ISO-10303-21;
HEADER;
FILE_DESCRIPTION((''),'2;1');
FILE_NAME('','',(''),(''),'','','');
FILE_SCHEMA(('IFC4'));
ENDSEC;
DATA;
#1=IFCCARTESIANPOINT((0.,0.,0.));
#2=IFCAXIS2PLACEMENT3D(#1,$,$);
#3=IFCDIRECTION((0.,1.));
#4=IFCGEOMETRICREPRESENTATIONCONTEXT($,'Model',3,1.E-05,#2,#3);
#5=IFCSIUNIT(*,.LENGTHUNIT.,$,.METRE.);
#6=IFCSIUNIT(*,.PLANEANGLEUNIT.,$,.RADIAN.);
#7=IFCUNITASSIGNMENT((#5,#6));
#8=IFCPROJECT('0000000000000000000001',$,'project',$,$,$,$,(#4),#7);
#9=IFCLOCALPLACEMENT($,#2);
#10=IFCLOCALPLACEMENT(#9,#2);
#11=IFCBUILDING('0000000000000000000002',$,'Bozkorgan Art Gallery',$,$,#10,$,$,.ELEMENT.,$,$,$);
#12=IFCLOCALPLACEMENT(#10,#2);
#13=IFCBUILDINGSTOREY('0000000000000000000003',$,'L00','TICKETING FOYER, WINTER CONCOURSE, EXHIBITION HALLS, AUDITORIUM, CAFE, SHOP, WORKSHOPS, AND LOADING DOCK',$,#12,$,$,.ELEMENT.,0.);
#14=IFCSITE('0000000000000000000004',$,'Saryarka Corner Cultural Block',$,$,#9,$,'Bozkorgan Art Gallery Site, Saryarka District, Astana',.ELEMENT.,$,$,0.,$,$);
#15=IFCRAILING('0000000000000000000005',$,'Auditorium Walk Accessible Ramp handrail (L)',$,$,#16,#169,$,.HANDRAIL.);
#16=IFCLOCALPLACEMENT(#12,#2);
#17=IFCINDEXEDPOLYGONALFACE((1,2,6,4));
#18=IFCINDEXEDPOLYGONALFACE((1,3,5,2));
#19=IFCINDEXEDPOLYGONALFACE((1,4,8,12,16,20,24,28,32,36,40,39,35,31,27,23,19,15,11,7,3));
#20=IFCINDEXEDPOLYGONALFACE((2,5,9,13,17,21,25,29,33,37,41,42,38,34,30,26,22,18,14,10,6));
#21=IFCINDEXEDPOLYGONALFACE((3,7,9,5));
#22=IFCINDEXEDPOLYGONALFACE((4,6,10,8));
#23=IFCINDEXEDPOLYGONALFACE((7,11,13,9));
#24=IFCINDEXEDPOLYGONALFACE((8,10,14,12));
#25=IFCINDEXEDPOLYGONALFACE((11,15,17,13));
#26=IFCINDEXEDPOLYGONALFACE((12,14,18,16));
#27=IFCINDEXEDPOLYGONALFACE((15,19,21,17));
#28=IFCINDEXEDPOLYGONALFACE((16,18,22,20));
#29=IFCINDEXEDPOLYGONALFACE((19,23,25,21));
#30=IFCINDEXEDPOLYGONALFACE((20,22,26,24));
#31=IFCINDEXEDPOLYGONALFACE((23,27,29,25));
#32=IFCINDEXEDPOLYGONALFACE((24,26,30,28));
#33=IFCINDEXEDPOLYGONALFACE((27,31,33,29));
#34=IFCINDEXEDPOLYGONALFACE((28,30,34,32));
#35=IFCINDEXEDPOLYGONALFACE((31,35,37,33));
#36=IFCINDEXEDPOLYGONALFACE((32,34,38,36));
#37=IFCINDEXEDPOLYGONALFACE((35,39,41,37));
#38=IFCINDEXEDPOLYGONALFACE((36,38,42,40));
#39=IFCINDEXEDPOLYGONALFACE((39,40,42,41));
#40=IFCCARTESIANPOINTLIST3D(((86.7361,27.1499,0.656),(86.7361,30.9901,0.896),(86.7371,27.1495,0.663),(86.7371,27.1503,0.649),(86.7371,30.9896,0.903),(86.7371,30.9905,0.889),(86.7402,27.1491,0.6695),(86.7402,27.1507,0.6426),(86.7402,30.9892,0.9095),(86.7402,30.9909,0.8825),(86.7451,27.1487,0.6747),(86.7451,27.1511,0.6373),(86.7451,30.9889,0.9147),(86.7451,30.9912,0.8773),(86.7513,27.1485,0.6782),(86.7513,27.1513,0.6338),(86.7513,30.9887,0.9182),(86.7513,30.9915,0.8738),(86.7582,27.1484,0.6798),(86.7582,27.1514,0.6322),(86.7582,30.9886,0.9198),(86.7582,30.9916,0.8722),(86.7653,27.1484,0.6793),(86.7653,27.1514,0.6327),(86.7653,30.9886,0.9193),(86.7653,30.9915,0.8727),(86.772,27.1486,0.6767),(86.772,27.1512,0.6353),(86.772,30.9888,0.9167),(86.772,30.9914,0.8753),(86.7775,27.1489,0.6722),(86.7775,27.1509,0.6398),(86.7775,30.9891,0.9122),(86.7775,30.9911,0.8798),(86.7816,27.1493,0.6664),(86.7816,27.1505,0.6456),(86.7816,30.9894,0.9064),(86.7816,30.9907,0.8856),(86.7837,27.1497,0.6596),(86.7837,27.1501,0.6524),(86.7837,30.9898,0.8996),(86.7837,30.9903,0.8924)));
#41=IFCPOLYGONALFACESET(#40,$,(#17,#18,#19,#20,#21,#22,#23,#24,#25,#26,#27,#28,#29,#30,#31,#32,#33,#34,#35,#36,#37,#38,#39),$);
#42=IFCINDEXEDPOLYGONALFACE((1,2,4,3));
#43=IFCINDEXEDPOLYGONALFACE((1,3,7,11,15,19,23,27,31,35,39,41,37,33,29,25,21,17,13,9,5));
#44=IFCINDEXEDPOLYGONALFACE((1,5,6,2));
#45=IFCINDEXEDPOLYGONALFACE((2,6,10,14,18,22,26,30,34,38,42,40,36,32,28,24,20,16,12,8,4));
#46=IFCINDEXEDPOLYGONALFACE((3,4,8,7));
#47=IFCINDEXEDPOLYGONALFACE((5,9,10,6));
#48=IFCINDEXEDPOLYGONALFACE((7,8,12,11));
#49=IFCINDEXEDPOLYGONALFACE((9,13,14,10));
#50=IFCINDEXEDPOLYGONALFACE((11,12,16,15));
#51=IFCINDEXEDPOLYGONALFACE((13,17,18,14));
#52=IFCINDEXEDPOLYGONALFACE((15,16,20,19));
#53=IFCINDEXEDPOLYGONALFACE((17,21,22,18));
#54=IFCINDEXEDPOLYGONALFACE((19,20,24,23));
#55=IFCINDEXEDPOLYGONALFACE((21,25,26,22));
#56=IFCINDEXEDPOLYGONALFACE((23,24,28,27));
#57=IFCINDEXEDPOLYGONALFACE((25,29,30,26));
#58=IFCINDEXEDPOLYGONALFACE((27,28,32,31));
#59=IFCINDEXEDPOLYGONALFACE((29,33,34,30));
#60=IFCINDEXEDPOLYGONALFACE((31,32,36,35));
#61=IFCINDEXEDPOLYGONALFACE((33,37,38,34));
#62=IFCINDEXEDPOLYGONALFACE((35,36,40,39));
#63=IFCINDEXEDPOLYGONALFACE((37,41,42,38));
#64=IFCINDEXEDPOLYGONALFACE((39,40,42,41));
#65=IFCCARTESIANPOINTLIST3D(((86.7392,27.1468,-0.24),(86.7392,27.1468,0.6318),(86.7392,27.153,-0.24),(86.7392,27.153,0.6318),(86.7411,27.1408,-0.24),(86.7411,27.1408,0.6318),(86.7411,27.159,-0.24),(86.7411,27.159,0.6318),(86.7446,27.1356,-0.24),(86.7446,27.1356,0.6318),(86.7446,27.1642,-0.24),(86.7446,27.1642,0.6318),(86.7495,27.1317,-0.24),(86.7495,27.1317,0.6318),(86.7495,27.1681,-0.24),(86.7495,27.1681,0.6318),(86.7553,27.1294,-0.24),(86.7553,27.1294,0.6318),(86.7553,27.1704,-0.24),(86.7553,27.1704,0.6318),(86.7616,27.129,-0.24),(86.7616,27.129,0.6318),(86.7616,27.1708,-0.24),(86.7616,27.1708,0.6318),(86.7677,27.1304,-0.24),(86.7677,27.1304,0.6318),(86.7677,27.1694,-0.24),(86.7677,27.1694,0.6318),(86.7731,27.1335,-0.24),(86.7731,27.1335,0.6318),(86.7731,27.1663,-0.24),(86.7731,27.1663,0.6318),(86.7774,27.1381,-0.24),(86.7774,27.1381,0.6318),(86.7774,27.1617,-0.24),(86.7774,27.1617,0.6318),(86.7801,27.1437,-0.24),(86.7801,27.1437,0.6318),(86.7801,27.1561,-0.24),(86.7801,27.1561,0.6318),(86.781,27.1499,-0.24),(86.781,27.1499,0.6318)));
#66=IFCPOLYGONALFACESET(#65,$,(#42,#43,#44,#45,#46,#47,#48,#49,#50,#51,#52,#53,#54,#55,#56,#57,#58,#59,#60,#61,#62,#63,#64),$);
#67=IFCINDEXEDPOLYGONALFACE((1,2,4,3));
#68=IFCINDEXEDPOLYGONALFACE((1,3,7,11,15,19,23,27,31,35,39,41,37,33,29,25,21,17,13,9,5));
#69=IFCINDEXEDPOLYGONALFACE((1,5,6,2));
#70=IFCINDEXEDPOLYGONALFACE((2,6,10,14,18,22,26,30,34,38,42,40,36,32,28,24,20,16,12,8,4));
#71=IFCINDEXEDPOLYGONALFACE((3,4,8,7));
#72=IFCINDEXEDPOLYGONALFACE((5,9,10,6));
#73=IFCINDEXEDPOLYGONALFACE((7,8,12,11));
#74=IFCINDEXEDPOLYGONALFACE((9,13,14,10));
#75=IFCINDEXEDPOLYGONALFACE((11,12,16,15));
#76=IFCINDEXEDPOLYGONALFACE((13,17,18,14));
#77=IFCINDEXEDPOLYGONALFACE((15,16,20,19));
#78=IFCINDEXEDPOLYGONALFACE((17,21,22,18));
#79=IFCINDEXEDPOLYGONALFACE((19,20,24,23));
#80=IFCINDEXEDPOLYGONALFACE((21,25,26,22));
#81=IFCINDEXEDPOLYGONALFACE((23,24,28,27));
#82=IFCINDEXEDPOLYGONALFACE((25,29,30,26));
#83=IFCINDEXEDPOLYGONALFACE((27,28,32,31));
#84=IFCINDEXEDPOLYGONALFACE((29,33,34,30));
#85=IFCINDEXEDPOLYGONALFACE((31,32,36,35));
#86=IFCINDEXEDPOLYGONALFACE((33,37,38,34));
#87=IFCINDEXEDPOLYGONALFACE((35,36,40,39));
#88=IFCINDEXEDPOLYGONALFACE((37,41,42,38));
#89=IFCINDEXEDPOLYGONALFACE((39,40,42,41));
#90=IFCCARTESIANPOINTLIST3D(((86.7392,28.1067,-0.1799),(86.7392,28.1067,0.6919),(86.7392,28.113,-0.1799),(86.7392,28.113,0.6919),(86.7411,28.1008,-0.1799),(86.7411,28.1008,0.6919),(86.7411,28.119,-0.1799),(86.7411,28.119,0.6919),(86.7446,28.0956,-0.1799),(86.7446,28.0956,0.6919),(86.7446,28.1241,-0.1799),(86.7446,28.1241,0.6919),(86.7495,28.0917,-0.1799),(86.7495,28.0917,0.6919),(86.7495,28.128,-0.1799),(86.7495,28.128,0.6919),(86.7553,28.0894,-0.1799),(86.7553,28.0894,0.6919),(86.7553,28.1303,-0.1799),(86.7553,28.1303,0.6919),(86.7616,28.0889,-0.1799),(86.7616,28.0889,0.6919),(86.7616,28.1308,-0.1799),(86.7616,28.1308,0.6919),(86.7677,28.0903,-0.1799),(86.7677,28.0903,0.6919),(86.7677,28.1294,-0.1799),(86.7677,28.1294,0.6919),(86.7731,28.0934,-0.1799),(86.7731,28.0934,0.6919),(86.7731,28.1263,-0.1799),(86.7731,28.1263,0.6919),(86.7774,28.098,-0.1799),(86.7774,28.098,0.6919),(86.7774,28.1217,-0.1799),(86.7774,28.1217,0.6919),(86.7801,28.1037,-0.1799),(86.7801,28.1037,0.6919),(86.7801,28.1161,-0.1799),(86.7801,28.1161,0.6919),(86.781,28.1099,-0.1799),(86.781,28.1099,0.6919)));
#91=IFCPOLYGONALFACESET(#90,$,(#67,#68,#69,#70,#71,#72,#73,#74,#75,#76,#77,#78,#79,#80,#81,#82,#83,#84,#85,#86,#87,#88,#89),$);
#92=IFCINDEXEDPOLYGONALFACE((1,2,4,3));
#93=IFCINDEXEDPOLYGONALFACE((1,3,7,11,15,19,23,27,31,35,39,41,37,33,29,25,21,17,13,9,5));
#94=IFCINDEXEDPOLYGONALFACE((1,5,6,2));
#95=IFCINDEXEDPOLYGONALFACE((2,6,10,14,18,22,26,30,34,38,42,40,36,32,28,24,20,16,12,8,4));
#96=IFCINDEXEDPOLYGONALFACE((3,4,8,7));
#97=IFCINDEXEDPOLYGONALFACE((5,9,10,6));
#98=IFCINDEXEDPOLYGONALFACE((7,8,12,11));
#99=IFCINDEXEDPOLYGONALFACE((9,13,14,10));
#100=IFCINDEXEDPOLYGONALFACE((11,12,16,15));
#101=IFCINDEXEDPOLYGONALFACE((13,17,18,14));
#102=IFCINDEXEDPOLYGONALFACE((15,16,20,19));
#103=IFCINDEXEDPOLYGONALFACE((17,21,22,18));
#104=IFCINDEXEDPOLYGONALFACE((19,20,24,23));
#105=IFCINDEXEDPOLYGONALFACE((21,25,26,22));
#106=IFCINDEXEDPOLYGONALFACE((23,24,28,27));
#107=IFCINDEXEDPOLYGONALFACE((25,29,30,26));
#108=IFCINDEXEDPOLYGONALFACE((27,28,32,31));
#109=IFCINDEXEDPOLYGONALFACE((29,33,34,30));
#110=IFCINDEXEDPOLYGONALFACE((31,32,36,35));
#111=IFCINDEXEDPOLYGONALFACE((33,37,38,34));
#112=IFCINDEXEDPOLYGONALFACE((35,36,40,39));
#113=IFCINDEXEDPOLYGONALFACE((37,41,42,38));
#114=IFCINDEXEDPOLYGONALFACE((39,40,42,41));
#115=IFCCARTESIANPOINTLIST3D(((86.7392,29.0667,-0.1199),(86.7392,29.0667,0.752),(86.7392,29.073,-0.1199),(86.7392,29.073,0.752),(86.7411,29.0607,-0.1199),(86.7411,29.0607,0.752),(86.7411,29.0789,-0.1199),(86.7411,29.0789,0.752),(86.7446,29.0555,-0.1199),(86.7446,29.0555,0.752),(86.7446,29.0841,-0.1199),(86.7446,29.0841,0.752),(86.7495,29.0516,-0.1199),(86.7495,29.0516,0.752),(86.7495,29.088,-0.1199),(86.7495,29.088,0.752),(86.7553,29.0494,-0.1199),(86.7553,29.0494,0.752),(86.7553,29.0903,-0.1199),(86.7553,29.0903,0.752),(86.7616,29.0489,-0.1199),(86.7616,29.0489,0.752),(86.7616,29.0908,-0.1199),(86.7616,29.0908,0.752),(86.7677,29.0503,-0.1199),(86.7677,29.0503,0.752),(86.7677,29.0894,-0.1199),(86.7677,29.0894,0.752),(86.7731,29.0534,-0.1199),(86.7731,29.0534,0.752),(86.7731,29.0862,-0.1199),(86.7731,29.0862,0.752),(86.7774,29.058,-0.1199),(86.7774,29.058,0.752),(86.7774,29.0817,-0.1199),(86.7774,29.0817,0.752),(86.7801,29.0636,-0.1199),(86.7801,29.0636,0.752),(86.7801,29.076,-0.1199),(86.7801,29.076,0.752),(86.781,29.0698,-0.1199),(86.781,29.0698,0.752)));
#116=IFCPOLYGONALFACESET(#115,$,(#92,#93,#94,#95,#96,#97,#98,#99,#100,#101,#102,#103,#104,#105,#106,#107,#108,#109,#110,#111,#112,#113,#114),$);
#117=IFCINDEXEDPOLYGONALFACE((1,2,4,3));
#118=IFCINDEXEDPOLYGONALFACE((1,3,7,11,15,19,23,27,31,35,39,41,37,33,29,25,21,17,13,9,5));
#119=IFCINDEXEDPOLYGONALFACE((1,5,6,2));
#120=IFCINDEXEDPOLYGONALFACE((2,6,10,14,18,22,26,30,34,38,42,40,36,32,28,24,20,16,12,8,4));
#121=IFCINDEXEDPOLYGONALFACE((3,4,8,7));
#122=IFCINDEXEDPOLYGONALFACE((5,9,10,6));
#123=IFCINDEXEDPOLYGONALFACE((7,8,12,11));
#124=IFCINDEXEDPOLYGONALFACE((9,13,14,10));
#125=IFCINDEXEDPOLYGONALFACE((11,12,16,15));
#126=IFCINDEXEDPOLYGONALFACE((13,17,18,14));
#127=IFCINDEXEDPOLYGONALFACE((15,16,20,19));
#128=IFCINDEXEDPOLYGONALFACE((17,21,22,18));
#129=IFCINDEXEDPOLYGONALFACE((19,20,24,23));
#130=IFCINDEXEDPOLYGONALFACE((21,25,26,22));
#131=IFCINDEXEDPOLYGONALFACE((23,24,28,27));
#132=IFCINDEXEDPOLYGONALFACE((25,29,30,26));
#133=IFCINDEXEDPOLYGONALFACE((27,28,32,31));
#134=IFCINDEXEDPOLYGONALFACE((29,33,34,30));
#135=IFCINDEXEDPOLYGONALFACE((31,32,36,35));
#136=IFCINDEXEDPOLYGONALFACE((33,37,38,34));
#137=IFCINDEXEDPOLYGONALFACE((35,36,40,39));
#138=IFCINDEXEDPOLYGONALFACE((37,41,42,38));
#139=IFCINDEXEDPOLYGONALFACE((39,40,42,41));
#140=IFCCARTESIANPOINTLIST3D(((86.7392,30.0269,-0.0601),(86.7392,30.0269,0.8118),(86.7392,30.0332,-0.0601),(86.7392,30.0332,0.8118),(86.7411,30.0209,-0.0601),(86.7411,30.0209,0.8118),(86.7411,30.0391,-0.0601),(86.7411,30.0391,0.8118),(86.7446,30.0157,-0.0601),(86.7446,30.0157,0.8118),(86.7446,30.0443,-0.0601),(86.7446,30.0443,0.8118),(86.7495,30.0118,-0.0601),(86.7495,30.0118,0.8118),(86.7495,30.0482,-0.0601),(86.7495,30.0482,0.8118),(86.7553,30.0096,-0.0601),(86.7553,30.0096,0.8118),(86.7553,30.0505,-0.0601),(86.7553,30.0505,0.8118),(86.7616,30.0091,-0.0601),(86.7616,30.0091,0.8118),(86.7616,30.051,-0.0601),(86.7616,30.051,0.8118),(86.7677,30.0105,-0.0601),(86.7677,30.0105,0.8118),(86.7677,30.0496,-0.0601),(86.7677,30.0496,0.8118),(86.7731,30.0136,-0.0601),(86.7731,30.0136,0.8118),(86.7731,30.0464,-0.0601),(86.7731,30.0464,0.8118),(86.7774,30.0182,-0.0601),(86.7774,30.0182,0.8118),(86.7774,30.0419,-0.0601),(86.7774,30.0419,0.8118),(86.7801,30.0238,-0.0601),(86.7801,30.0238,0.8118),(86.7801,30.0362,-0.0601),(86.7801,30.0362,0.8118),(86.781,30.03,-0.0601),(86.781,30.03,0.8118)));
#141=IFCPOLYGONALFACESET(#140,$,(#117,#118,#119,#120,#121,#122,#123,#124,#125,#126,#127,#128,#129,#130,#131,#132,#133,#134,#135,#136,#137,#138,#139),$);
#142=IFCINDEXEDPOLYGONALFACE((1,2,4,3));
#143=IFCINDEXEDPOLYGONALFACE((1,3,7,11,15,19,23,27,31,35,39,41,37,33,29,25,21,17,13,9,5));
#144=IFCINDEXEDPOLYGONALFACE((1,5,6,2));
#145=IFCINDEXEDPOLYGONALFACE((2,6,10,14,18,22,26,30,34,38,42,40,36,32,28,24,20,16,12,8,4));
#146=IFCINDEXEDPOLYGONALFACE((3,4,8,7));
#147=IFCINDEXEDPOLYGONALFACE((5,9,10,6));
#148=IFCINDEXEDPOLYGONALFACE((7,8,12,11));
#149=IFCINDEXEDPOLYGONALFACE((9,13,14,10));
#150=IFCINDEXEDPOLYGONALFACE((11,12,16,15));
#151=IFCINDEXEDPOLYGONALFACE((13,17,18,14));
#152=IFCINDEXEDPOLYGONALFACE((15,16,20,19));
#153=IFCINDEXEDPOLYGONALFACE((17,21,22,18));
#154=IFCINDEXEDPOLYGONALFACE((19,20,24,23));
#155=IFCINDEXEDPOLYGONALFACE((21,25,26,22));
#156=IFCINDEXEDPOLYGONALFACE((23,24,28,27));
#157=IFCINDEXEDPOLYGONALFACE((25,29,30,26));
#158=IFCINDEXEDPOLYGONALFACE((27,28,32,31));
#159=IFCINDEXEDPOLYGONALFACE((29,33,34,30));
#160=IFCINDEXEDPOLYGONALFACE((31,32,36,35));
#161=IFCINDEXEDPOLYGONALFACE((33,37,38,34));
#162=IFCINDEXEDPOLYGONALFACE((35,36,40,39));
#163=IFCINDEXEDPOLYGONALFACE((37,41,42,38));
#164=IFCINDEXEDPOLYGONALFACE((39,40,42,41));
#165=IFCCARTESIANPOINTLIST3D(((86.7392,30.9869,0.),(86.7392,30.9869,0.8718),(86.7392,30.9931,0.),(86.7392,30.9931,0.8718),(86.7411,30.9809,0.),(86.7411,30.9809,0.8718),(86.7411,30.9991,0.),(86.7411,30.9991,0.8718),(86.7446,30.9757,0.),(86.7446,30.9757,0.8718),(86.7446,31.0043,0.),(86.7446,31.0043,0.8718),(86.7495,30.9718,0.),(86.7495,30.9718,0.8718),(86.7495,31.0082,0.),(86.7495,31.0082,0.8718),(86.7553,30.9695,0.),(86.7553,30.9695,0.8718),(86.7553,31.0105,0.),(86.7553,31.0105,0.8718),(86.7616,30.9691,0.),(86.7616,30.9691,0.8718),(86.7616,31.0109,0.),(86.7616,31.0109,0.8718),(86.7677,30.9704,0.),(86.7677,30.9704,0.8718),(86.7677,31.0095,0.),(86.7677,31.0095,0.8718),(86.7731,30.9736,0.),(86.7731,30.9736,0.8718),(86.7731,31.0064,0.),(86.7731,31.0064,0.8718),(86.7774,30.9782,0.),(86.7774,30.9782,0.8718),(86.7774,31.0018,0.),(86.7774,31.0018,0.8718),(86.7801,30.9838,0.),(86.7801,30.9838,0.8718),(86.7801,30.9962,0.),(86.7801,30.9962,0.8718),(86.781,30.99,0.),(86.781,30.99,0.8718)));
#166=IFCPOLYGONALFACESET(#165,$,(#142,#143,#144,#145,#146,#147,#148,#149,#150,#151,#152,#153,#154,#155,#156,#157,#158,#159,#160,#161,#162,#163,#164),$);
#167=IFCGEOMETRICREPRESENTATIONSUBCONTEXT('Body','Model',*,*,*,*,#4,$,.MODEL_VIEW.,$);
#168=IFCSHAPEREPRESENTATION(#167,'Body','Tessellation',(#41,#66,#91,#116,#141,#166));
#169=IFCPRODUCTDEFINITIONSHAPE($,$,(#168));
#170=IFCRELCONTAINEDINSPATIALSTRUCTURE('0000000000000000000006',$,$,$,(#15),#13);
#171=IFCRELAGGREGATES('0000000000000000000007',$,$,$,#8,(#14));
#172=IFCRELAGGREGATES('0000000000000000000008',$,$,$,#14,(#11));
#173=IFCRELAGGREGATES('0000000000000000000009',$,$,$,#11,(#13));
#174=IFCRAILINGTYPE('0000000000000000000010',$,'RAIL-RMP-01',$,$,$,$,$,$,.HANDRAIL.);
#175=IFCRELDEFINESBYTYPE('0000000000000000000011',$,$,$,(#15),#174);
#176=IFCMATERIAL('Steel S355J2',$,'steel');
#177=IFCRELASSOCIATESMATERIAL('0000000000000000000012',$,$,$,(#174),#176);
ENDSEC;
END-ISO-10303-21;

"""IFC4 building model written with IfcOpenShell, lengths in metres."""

from ifc_helpers import new_model, si_unit, direction, frame, origin, origin_2d, place, context, subcontext, project, spatial, circle, extrude, material, type_object, element, save


model = new_model("IFC4")

# Units and contexts
model_context = context("Model", 3, precision=1e-05, world=origin(), true_north=direction((0.0, 1.0)))
body_context = subcontext(model_context, "Body", "Model", "MODEL_VIEW")
ifc_project = project(units=[si_unit("LENGTHUNIT", "METRE"), si_unit("PLANEANGLEUNIT", "RADIAN")], contexts=[model_context])

# Site, building, storey
site_placement = place(None, origin())
site = spatial("IfcSite", under=ifc_project, at=site_placement, Name="Saryarka Corner Cultural Block", LongName="Bozkorgan Art Gallery Site, Saryarka District, Astana", CompositionType="ELEMENT", RefElevation=0.0)
building_placement = place(site_placement, origin())
building = spatial("IfcBuilding", under=site, at=building_placement, Name="Bozkorgan Art Gallery", CompositionType="ELEMENT")
storey_placement = place(building_placement, origin())
storey = spatial("IfcBuildingStorey", under=building, at=storey_placement, Name="L00", Description="TICKETING FOYER, WINTER CONCOURSE, EXHIBITION HALLS, AUDITORIUM, CAFE, SHOP, WORKSHOPS, AND LOADING DOCK", CompositionType="ELEMENT", Elevation=0.0)

# Shared definitions
ifc_material_1 = material(Name="Steel S355J2", Category="steel")

# Railing
railing_type = type_object("IfcRailingType", Name="RAIL-RMP-01", PredefinedType="HANDRAIL", material=ifc_material_1)
for number, where, name in (
    (1, (86.76, 27.1499, -0.24), "Auditorium Walk Accessible Ramp handrail (L)"),
):
    element("IfcRailing", number, at=place(storey_placement, frame(where)), inside=storey, type_object=railing_type, Name=name, PredefinedType="HANDRAIL", context=body_context, shape_type="SweptSolid", body=[
        extrude(circle(Radius=0.0239, at=origin_2d()), frame((0.0, 0.0, 0.896), z_axis=(0.0, 0.998053, 0.062374), x_axis=(-1.0, 0.0, 0.0)), (0.0, 0.0, 1.0), 3.8477),
        extrude(circle(Radius=0.021, at=origin_2d()), origin(), (0.0, 0.0, 1.0), 0.8718),
        extrude(circle(Radius=0.021, at=origin_2d()), frame((0.0, 0.96, 0.0601)), (0.0, 0.0, 1.0), 0.8718),
        extrude(circle(Radius=0.021, at=origin_2d()), frame((0.0, 1.9199, 0.1201)), (0.0, 0.0, 1.0), 0.8718),
        extrude(circle(Radius=0.021, at=origin_2d()), frame((0.0, 2.8801, 0.1799)), (0.0, 0.0, 1.0), 0.8718),
        extrude(circle(Radius=0.021, at=origin_2d()), frame((0.0, 3.8401, 0.24)), (0.0, 0.0, 1.0), 0.8718),
    ])

save(model, "model.ifc")
